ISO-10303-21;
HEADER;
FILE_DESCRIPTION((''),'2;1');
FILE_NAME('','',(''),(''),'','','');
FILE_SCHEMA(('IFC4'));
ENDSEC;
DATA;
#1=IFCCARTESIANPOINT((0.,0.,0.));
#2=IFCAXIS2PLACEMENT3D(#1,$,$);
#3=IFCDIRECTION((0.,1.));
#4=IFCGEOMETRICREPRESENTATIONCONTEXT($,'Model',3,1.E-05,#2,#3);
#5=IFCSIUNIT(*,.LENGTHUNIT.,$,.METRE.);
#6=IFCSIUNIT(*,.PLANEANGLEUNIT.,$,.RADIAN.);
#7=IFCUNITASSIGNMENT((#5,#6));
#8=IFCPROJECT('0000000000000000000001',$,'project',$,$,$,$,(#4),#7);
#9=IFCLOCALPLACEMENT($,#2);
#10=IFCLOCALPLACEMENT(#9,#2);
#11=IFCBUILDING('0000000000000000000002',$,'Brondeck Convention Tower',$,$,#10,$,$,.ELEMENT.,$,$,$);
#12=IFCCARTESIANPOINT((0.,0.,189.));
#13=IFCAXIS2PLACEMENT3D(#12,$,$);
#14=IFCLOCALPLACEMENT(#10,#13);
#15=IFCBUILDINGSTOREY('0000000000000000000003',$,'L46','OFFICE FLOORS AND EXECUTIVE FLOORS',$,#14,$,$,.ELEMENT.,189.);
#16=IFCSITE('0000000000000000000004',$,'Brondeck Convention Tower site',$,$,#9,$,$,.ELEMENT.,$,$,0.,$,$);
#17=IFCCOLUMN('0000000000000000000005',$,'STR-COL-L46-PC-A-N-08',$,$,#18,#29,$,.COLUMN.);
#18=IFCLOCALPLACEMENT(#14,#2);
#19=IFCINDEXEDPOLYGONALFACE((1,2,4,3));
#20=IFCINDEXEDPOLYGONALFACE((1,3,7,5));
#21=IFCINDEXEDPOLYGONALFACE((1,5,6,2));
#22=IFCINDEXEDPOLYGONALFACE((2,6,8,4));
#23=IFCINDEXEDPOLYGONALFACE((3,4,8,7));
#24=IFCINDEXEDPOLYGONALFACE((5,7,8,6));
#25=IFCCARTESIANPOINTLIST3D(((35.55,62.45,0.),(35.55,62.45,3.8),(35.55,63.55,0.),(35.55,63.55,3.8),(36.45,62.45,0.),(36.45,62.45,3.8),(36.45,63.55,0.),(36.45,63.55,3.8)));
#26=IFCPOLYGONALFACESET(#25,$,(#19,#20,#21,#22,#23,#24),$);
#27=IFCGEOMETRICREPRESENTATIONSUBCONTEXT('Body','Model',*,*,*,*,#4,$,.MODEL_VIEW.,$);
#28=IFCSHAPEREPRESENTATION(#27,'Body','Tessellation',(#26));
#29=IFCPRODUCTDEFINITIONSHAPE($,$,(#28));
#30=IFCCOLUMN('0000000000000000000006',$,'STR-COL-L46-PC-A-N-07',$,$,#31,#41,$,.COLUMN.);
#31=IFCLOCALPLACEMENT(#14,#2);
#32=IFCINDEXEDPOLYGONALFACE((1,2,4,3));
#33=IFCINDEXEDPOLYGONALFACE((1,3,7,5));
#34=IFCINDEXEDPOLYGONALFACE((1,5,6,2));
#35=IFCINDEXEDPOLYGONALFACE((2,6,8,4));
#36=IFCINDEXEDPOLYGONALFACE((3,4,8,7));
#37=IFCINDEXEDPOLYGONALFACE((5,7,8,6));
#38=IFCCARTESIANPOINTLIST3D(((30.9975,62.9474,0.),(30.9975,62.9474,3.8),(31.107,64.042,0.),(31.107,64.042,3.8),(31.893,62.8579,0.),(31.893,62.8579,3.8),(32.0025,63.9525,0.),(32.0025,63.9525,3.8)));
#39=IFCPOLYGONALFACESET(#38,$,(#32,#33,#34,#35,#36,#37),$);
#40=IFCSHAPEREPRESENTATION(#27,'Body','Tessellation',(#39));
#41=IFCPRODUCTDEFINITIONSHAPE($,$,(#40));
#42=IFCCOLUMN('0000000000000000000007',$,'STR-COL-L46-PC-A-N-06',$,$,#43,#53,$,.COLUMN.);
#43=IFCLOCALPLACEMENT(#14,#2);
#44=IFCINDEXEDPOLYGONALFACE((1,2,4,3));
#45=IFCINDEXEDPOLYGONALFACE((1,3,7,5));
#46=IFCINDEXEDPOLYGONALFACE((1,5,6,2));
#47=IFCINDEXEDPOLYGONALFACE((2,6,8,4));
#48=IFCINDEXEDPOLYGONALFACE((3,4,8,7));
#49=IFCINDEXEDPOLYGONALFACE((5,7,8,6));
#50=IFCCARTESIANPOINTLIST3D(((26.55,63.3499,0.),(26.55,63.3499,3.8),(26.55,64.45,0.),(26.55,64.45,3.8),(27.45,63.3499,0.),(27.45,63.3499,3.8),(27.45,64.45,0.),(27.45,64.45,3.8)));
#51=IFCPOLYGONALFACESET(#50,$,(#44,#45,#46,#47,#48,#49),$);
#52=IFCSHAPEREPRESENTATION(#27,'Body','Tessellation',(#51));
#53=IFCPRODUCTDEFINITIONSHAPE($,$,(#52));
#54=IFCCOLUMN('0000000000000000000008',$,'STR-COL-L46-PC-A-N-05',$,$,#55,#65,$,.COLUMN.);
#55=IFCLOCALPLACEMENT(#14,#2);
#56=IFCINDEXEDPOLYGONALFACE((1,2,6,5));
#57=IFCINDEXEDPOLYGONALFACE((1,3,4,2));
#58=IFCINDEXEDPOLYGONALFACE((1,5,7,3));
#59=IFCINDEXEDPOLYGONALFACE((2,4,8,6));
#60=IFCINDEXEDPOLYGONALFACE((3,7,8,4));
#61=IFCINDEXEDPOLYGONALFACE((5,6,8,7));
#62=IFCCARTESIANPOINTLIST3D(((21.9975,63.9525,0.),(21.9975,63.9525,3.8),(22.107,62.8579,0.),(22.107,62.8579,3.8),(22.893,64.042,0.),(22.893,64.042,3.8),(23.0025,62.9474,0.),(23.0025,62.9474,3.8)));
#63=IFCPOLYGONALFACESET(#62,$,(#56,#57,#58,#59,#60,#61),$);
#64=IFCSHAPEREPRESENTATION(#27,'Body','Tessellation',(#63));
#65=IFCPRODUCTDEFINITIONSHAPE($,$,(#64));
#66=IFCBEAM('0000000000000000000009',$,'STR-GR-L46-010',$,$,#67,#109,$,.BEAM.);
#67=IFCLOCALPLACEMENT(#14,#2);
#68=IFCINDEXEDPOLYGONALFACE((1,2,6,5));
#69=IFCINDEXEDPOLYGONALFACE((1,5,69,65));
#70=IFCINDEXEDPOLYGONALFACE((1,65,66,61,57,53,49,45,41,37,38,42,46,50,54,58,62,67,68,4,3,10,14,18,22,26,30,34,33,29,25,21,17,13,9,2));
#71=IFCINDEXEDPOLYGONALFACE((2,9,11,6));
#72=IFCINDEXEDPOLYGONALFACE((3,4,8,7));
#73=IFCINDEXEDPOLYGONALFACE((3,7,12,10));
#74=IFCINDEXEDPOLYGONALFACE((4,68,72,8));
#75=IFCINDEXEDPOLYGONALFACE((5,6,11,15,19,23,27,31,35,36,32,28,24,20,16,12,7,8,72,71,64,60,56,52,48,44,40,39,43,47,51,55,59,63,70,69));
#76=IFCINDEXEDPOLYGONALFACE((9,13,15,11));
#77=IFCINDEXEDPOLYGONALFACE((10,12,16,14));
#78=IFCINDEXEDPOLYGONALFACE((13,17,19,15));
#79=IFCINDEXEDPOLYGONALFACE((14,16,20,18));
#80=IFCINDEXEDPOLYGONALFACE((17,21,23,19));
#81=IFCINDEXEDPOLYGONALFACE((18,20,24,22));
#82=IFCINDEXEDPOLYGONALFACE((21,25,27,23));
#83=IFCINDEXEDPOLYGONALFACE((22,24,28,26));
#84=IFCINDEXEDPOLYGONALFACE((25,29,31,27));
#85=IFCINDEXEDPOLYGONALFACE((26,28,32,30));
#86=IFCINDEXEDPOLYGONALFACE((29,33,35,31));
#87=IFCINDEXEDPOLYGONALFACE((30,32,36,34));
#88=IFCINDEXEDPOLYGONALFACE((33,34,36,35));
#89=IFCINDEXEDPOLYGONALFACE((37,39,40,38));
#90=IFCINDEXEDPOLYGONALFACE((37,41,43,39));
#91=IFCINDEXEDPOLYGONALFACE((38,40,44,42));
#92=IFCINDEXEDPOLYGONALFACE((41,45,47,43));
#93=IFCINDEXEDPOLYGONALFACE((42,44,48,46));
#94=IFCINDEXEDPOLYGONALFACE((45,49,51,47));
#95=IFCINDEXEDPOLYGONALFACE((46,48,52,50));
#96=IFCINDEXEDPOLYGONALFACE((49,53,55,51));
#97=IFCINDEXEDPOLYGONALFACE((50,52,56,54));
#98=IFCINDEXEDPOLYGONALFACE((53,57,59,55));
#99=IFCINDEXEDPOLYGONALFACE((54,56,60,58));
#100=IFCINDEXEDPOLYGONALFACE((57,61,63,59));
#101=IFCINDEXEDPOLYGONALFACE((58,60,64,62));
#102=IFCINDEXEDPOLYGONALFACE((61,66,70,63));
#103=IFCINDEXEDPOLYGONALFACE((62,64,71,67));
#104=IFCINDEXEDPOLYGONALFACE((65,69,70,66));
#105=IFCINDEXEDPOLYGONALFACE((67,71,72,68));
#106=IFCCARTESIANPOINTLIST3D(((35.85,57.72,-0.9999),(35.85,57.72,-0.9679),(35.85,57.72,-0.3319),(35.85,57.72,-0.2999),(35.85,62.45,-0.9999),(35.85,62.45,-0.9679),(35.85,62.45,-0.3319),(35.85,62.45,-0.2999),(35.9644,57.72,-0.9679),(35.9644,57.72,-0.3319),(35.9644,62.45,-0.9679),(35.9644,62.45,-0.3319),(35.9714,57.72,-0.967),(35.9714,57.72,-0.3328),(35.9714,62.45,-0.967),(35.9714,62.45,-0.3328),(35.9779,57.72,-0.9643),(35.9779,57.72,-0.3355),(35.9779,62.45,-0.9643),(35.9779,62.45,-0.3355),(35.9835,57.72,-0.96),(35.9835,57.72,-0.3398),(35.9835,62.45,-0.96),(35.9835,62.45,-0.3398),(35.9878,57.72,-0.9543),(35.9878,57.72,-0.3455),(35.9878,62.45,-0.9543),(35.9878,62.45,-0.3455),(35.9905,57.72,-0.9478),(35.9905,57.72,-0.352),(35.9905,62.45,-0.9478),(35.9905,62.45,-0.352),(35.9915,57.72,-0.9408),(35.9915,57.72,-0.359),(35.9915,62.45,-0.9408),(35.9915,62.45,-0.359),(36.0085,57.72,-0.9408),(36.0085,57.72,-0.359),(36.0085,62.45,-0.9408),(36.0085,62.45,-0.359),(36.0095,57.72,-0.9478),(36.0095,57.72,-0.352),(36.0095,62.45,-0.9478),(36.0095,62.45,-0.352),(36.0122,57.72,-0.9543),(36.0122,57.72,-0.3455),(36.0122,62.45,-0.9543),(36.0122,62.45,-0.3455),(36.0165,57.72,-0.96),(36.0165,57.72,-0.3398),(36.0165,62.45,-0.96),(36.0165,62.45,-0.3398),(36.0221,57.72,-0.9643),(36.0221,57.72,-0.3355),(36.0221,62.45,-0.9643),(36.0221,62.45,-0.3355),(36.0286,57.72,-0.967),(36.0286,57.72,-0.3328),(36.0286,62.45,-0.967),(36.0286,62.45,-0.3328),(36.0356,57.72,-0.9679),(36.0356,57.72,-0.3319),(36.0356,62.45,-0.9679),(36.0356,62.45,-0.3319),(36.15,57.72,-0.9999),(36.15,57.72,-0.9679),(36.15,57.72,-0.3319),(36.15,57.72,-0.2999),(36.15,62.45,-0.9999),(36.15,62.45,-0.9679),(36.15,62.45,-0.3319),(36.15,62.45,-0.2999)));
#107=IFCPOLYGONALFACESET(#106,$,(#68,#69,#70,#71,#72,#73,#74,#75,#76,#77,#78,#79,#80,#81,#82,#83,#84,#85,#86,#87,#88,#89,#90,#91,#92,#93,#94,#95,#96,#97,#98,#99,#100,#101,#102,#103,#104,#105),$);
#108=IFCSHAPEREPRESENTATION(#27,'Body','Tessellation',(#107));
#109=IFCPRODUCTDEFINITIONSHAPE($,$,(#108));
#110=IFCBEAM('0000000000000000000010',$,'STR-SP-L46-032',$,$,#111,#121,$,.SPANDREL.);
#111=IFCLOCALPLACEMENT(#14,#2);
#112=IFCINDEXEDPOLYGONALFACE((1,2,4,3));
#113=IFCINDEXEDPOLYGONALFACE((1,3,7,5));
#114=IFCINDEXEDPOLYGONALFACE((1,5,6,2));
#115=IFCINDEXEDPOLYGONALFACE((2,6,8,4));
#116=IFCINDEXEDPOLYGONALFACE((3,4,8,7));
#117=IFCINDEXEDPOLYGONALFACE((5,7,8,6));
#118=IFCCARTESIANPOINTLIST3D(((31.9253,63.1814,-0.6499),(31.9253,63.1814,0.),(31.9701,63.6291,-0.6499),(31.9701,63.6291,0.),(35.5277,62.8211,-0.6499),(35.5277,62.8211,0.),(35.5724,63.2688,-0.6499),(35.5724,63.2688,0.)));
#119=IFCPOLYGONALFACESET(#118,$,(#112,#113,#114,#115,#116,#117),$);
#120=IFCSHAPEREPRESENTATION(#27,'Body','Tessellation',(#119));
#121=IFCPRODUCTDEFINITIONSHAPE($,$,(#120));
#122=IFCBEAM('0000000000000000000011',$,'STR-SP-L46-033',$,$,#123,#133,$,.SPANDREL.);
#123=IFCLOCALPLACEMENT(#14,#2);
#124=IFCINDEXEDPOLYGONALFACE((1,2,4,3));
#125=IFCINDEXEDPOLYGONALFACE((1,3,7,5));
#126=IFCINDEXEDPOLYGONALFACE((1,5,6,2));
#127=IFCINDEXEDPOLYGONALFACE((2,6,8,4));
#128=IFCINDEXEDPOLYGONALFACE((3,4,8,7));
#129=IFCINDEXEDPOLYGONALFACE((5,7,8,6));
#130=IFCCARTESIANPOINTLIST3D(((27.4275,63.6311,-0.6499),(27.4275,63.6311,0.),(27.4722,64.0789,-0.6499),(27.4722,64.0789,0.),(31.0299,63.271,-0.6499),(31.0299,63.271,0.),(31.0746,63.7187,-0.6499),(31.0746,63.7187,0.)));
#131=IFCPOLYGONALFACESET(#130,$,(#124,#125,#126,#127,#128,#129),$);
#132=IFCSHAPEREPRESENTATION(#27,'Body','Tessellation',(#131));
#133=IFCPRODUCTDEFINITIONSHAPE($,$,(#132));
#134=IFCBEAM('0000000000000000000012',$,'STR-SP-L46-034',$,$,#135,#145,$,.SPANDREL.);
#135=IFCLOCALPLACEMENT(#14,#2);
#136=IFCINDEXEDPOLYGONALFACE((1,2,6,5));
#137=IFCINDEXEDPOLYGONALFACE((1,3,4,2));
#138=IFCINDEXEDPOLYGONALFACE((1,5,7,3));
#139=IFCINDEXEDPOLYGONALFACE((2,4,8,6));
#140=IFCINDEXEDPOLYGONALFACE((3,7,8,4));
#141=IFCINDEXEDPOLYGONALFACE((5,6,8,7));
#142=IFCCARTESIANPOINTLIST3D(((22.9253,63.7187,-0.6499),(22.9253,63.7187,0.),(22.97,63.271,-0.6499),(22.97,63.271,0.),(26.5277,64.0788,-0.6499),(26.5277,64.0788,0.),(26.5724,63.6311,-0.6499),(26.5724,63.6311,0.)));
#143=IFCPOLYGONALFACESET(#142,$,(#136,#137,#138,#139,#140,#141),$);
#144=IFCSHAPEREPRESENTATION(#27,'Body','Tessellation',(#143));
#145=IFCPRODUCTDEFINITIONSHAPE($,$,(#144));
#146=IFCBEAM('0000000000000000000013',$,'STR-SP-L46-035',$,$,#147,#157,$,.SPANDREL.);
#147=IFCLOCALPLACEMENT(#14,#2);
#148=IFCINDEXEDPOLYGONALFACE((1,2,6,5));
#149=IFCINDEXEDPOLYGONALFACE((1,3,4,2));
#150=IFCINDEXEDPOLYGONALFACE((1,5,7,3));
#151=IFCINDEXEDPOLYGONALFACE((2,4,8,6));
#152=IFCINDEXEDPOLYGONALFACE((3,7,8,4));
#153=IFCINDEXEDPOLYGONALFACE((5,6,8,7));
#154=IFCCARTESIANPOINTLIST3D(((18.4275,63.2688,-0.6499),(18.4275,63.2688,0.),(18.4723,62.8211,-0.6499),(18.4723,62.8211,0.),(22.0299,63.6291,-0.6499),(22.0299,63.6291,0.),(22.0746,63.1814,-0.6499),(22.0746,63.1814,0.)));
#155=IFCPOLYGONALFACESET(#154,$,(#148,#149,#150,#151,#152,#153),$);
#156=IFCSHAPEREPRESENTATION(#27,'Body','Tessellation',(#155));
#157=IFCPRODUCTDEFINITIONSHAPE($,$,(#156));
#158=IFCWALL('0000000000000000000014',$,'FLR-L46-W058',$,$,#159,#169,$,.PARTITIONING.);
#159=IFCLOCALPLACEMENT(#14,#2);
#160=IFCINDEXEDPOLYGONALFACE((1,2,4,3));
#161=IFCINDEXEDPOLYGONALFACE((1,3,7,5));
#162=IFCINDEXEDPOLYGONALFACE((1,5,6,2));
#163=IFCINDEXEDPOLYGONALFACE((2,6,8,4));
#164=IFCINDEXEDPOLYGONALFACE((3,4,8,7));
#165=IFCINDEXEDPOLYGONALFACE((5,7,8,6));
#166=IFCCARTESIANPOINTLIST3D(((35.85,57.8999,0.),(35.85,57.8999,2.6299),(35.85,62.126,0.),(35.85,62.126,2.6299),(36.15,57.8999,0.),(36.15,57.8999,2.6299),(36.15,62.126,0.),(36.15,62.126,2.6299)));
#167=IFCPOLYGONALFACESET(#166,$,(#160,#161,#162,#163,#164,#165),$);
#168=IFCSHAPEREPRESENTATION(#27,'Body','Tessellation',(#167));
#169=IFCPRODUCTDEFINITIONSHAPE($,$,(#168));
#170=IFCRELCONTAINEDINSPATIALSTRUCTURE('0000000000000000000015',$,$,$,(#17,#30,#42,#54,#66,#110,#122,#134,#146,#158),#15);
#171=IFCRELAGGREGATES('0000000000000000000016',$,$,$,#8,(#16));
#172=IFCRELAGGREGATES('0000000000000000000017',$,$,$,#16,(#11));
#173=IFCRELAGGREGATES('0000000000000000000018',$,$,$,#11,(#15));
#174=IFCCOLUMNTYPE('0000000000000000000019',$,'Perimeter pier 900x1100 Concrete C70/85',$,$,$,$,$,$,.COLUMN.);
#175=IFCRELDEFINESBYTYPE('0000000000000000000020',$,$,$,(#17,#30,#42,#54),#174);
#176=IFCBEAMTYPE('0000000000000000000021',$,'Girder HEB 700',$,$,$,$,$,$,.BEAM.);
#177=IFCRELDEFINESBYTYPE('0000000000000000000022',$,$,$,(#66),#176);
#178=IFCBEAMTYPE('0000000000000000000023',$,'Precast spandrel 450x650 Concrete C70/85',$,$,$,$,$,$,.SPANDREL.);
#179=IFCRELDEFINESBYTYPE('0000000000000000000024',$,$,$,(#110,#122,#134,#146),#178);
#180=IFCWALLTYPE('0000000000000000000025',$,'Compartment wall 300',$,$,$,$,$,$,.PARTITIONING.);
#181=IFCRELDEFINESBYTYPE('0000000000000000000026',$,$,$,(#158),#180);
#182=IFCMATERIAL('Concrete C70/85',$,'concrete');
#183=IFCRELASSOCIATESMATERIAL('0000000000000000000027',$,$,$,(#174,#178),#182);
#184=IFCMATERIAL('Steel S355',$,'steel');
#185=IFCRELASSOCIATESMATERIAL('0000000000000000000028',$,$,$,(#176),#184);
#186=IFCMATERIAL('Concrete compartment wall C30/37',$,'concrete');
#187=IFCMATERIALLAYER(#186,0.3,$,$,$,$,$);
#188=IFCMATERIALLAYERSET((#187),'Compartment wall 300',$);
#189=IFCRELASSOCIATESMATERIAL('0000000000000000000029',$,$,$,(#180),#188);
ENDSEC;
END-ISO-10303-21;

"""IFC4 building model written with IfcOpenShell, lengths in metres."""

from ifc_helpers import new_model, si_unit, direction, frame, frame_2d, origin, origin_2d, place, context, subcontext, project, spatial, rectangle, i_section, extrude, material, layer, layer_set, material_profile, profile_set, type_object, element, save


model = new_model("IFC4")

# Units and contexts
model_context = context("Model", 3, precision=1e-05, world=origin(), true_north=direction((0.0, 1.0)))
body_context = subcontext(model_context, "Body", "Model", "MODEL_VIEW")
ifc_project = project(units=[si_unit("LENGTHUNIT", "METRE"), si_unit("PLANEANGLEUNIT", "RADIAN")], contexts=[model_context])

# Site, building, storey
site_placement = place(None, origin())
site = spatial("IfcSite", under=ifc_project, at=site_placement, Name="Brondeck Convention Tower site", CompositionType="ELEMENT", RefElevation=0.0)
building_placement = place(site_placement, origin())
building = spatial("IfcBuilding", under=site, at=building_placement, Name="Brondeck Convention Tower", CompositionType="ELEMENT")
storey_placement = place(building_placement, frame((0.0, 0.0, 189.0)))
storey = spatial("IfcBuildingStorey", under=building, at=storey_placement, Name="L46", Description="OFFICE FLOORS AND EXECUTIVE FLOORS", CompositionType="ELEMENT", Elevation=189.0)

# Columns
ifc_material_1 = material(Name="Concrete C70/85", Category="concrete")
ifc_material_profile_1 = material_profile(ifc_material_1, rectangle(XDim=0.8999, YDim=1.1001, at=origin_2d()), Name="Perimeter pier 900x1100 Concrete C70/85")
ifc_profile_set_1 = profile_set([ifc_material_profile_1], Name="Concrete C70/85")
column_type = type_object("IfcColumnType", Name="Perimeter pier 900x1100 Concrete C70/85", PredefinedType="COLUMN", material=ifc_profile_set_1)
for number, where, z_axis, x_axis, name in (
    (1, (36.0, 63.0, 0.0), (0.0, 0.0, 1.0), (-1.0, 0.0, 0.0), "STR-COL-L46-PC-A-N-08"),
    (2, (31.5, 63.45, 0.0), (0.0, 0.0, 1.0), (-0.995037, 0.099504, 0.0), "STR-COL-L46-PC-A-N-07"),
    (3, (27.0, 63.8999, 0.0), (0.0, 0.0, 1.0), (-1.0, 0.0, 0.0), "STR-COL-L46-PC-A-N-06"),
    (4, (22.5, 63.45, 0.0), (0.0, 0.0, 1.0), (-0.995037, -0.099504, 0.0), "STR-COL-L46-PC-A-N-05"),
):
    element("IfcColumn", number, at=place(storey_placement, frame(where, z_axis=z_axis, x_axis=x_axis)), inside=storey, type_object=column_type, Name=name, PredefinedType="COLUMN", context=body_context, shape_type="SweptSolid", body=[
        extrude(rectangle(XDim=0.8999, YDim=1.1001, at=origin_2d()), origin(), (0.0, 0.0, 1.0), 3.8),
    ])

# Beams
ifc_material_2 = material(Name="Steel S355", Category="steel")
ifc_material_profile_2 = material_profile(ifc_material_2, i_section(OverallWidth=0.3, OverallDepth=0.7, WebThickness=0.0171, FlangeThickness=0.032, FilletRadius=0.0271, at=origin_2d()), Name="HEB 700")
ifc_profile_set_2 = profile_set([ifc_material_profile_2], Name="Steel S355")
beam_type_1 = type_object("IfcBeamType", Name="Girder HEB 700", PredefinedType="BEAM", material=ifc_profile_set_2)
beam_placement = place(storey_placement, frame((36.0, 57.72, -0.6499), z_axis=(0.0, 1.0, 0.0), x_axis=(-1.0, 0.0, 0.0)))
element("IfcBeam", 5, at=beam_placement, inside=storey, type_object=beam_type_1, Name="STR-GR-L46-010", PredefinedType="BEAM", context=body_context, shape_type="SweptSolid", body=[
    extrude(i_section(OverallWidth=0.3, OverallDepth=0.7, WebThickness=0.0171, FlangeThickness=0.032, FilletRadius=0.0271, at=origin_2d()), origin(), (0.0, 0.0, 1.0), 4.73),
])
ifc_material_profile_3 = material_profile(ifc_material_1, rectangle(XDim=0.45, YDim=0.6499, at=origin_2d()), Name="Precast spandrel 450x650 Concrete C70/85")
ifc_profile_set_3 = profile_set([ifc_material_profile_3], Name="Concrete C70/85")
beam_type_2 = type_object("IfcBeamType", Name="Precast spandrel 450x650 Concrete C70/85", PredefinedType="SPANDREL", material=ifc_profile_set_3)
for number, where, z_axis, x_axis, name in (
    (6, (35.55, 63.0449, -0.325), (-0.995034, 0.099537, 0.0), (-0.099537, -0.995034, 0.0), "STR-SP-L46-032"),
    (7, (31.0522, 63.4949, -0.325), (-0.995041, 0.09947, 0.0), (-0.09947, -0.995041, 0.0), "STR-SP-L46-033"),
    (8, (26.55, 63.855, -0.325), (-0.995041, -0.09947, 0.0), (0.09947, -0.995041, 0.0), "STR-SP-L46-034"),
    (9, (22.0522, 63.4053, -0.325), (-0.995034, -0.099537, 0.0), (0.099537, -0.995034, 0.0), "STR-SP-L46-035"),
):
    element("IfcBeam", number, at=place(storey_placement, frame(where, z_axis=z_axis, x_axis=x_axis)), inside=storey, type_object=beam_type_2, Name=name, PredefinedType="SPANDREL", context=body_context, shape_type="SweptSolid", body=[
        extrude(rectangle(XDim=0.45, YDim=0.6499, at=origin_2d()), origin(), (0.0, 0.0, 1.0), 3.6204),
    ])

# Wall
ifc_material_3 = material(Name="Concrete compartment wall C30/37", Category="concrete")
ifc_layer_1 = layer(ifc_material_3, 0.3)
ifc_layer_set_1 = layer_set([ifc_layer_1], Name="Compartment wall 300")
wall_type_1 = type_object("IfcWallType", Name="Compartment wall 300", PredefinedType="PARTITIONING", material=ifc_layer_set_1)
wall_1_placement = place(storey_placement, frame((36.0, 57.8999, 0.0), z_axis=(0.0, 0.0, 1.0), x_axis=(0.0, 1.0, 0.0)))
element("IfcWall", 10, at=wall_1_placement, inside=storey, type_object=wall_type_1, Name="FLR-L46-W058", PredefinedType="PARTITIONING", context=body_context, shape_type="SweptSolid", body=[
    extrude(rectangle(XDim=4.2261, YDim=0.3, at=frame_2d((2.113, 0.0))), origin(), (0.0, 0.0, 1.0), 2.6299),
])

save(model, "model.ifc")
